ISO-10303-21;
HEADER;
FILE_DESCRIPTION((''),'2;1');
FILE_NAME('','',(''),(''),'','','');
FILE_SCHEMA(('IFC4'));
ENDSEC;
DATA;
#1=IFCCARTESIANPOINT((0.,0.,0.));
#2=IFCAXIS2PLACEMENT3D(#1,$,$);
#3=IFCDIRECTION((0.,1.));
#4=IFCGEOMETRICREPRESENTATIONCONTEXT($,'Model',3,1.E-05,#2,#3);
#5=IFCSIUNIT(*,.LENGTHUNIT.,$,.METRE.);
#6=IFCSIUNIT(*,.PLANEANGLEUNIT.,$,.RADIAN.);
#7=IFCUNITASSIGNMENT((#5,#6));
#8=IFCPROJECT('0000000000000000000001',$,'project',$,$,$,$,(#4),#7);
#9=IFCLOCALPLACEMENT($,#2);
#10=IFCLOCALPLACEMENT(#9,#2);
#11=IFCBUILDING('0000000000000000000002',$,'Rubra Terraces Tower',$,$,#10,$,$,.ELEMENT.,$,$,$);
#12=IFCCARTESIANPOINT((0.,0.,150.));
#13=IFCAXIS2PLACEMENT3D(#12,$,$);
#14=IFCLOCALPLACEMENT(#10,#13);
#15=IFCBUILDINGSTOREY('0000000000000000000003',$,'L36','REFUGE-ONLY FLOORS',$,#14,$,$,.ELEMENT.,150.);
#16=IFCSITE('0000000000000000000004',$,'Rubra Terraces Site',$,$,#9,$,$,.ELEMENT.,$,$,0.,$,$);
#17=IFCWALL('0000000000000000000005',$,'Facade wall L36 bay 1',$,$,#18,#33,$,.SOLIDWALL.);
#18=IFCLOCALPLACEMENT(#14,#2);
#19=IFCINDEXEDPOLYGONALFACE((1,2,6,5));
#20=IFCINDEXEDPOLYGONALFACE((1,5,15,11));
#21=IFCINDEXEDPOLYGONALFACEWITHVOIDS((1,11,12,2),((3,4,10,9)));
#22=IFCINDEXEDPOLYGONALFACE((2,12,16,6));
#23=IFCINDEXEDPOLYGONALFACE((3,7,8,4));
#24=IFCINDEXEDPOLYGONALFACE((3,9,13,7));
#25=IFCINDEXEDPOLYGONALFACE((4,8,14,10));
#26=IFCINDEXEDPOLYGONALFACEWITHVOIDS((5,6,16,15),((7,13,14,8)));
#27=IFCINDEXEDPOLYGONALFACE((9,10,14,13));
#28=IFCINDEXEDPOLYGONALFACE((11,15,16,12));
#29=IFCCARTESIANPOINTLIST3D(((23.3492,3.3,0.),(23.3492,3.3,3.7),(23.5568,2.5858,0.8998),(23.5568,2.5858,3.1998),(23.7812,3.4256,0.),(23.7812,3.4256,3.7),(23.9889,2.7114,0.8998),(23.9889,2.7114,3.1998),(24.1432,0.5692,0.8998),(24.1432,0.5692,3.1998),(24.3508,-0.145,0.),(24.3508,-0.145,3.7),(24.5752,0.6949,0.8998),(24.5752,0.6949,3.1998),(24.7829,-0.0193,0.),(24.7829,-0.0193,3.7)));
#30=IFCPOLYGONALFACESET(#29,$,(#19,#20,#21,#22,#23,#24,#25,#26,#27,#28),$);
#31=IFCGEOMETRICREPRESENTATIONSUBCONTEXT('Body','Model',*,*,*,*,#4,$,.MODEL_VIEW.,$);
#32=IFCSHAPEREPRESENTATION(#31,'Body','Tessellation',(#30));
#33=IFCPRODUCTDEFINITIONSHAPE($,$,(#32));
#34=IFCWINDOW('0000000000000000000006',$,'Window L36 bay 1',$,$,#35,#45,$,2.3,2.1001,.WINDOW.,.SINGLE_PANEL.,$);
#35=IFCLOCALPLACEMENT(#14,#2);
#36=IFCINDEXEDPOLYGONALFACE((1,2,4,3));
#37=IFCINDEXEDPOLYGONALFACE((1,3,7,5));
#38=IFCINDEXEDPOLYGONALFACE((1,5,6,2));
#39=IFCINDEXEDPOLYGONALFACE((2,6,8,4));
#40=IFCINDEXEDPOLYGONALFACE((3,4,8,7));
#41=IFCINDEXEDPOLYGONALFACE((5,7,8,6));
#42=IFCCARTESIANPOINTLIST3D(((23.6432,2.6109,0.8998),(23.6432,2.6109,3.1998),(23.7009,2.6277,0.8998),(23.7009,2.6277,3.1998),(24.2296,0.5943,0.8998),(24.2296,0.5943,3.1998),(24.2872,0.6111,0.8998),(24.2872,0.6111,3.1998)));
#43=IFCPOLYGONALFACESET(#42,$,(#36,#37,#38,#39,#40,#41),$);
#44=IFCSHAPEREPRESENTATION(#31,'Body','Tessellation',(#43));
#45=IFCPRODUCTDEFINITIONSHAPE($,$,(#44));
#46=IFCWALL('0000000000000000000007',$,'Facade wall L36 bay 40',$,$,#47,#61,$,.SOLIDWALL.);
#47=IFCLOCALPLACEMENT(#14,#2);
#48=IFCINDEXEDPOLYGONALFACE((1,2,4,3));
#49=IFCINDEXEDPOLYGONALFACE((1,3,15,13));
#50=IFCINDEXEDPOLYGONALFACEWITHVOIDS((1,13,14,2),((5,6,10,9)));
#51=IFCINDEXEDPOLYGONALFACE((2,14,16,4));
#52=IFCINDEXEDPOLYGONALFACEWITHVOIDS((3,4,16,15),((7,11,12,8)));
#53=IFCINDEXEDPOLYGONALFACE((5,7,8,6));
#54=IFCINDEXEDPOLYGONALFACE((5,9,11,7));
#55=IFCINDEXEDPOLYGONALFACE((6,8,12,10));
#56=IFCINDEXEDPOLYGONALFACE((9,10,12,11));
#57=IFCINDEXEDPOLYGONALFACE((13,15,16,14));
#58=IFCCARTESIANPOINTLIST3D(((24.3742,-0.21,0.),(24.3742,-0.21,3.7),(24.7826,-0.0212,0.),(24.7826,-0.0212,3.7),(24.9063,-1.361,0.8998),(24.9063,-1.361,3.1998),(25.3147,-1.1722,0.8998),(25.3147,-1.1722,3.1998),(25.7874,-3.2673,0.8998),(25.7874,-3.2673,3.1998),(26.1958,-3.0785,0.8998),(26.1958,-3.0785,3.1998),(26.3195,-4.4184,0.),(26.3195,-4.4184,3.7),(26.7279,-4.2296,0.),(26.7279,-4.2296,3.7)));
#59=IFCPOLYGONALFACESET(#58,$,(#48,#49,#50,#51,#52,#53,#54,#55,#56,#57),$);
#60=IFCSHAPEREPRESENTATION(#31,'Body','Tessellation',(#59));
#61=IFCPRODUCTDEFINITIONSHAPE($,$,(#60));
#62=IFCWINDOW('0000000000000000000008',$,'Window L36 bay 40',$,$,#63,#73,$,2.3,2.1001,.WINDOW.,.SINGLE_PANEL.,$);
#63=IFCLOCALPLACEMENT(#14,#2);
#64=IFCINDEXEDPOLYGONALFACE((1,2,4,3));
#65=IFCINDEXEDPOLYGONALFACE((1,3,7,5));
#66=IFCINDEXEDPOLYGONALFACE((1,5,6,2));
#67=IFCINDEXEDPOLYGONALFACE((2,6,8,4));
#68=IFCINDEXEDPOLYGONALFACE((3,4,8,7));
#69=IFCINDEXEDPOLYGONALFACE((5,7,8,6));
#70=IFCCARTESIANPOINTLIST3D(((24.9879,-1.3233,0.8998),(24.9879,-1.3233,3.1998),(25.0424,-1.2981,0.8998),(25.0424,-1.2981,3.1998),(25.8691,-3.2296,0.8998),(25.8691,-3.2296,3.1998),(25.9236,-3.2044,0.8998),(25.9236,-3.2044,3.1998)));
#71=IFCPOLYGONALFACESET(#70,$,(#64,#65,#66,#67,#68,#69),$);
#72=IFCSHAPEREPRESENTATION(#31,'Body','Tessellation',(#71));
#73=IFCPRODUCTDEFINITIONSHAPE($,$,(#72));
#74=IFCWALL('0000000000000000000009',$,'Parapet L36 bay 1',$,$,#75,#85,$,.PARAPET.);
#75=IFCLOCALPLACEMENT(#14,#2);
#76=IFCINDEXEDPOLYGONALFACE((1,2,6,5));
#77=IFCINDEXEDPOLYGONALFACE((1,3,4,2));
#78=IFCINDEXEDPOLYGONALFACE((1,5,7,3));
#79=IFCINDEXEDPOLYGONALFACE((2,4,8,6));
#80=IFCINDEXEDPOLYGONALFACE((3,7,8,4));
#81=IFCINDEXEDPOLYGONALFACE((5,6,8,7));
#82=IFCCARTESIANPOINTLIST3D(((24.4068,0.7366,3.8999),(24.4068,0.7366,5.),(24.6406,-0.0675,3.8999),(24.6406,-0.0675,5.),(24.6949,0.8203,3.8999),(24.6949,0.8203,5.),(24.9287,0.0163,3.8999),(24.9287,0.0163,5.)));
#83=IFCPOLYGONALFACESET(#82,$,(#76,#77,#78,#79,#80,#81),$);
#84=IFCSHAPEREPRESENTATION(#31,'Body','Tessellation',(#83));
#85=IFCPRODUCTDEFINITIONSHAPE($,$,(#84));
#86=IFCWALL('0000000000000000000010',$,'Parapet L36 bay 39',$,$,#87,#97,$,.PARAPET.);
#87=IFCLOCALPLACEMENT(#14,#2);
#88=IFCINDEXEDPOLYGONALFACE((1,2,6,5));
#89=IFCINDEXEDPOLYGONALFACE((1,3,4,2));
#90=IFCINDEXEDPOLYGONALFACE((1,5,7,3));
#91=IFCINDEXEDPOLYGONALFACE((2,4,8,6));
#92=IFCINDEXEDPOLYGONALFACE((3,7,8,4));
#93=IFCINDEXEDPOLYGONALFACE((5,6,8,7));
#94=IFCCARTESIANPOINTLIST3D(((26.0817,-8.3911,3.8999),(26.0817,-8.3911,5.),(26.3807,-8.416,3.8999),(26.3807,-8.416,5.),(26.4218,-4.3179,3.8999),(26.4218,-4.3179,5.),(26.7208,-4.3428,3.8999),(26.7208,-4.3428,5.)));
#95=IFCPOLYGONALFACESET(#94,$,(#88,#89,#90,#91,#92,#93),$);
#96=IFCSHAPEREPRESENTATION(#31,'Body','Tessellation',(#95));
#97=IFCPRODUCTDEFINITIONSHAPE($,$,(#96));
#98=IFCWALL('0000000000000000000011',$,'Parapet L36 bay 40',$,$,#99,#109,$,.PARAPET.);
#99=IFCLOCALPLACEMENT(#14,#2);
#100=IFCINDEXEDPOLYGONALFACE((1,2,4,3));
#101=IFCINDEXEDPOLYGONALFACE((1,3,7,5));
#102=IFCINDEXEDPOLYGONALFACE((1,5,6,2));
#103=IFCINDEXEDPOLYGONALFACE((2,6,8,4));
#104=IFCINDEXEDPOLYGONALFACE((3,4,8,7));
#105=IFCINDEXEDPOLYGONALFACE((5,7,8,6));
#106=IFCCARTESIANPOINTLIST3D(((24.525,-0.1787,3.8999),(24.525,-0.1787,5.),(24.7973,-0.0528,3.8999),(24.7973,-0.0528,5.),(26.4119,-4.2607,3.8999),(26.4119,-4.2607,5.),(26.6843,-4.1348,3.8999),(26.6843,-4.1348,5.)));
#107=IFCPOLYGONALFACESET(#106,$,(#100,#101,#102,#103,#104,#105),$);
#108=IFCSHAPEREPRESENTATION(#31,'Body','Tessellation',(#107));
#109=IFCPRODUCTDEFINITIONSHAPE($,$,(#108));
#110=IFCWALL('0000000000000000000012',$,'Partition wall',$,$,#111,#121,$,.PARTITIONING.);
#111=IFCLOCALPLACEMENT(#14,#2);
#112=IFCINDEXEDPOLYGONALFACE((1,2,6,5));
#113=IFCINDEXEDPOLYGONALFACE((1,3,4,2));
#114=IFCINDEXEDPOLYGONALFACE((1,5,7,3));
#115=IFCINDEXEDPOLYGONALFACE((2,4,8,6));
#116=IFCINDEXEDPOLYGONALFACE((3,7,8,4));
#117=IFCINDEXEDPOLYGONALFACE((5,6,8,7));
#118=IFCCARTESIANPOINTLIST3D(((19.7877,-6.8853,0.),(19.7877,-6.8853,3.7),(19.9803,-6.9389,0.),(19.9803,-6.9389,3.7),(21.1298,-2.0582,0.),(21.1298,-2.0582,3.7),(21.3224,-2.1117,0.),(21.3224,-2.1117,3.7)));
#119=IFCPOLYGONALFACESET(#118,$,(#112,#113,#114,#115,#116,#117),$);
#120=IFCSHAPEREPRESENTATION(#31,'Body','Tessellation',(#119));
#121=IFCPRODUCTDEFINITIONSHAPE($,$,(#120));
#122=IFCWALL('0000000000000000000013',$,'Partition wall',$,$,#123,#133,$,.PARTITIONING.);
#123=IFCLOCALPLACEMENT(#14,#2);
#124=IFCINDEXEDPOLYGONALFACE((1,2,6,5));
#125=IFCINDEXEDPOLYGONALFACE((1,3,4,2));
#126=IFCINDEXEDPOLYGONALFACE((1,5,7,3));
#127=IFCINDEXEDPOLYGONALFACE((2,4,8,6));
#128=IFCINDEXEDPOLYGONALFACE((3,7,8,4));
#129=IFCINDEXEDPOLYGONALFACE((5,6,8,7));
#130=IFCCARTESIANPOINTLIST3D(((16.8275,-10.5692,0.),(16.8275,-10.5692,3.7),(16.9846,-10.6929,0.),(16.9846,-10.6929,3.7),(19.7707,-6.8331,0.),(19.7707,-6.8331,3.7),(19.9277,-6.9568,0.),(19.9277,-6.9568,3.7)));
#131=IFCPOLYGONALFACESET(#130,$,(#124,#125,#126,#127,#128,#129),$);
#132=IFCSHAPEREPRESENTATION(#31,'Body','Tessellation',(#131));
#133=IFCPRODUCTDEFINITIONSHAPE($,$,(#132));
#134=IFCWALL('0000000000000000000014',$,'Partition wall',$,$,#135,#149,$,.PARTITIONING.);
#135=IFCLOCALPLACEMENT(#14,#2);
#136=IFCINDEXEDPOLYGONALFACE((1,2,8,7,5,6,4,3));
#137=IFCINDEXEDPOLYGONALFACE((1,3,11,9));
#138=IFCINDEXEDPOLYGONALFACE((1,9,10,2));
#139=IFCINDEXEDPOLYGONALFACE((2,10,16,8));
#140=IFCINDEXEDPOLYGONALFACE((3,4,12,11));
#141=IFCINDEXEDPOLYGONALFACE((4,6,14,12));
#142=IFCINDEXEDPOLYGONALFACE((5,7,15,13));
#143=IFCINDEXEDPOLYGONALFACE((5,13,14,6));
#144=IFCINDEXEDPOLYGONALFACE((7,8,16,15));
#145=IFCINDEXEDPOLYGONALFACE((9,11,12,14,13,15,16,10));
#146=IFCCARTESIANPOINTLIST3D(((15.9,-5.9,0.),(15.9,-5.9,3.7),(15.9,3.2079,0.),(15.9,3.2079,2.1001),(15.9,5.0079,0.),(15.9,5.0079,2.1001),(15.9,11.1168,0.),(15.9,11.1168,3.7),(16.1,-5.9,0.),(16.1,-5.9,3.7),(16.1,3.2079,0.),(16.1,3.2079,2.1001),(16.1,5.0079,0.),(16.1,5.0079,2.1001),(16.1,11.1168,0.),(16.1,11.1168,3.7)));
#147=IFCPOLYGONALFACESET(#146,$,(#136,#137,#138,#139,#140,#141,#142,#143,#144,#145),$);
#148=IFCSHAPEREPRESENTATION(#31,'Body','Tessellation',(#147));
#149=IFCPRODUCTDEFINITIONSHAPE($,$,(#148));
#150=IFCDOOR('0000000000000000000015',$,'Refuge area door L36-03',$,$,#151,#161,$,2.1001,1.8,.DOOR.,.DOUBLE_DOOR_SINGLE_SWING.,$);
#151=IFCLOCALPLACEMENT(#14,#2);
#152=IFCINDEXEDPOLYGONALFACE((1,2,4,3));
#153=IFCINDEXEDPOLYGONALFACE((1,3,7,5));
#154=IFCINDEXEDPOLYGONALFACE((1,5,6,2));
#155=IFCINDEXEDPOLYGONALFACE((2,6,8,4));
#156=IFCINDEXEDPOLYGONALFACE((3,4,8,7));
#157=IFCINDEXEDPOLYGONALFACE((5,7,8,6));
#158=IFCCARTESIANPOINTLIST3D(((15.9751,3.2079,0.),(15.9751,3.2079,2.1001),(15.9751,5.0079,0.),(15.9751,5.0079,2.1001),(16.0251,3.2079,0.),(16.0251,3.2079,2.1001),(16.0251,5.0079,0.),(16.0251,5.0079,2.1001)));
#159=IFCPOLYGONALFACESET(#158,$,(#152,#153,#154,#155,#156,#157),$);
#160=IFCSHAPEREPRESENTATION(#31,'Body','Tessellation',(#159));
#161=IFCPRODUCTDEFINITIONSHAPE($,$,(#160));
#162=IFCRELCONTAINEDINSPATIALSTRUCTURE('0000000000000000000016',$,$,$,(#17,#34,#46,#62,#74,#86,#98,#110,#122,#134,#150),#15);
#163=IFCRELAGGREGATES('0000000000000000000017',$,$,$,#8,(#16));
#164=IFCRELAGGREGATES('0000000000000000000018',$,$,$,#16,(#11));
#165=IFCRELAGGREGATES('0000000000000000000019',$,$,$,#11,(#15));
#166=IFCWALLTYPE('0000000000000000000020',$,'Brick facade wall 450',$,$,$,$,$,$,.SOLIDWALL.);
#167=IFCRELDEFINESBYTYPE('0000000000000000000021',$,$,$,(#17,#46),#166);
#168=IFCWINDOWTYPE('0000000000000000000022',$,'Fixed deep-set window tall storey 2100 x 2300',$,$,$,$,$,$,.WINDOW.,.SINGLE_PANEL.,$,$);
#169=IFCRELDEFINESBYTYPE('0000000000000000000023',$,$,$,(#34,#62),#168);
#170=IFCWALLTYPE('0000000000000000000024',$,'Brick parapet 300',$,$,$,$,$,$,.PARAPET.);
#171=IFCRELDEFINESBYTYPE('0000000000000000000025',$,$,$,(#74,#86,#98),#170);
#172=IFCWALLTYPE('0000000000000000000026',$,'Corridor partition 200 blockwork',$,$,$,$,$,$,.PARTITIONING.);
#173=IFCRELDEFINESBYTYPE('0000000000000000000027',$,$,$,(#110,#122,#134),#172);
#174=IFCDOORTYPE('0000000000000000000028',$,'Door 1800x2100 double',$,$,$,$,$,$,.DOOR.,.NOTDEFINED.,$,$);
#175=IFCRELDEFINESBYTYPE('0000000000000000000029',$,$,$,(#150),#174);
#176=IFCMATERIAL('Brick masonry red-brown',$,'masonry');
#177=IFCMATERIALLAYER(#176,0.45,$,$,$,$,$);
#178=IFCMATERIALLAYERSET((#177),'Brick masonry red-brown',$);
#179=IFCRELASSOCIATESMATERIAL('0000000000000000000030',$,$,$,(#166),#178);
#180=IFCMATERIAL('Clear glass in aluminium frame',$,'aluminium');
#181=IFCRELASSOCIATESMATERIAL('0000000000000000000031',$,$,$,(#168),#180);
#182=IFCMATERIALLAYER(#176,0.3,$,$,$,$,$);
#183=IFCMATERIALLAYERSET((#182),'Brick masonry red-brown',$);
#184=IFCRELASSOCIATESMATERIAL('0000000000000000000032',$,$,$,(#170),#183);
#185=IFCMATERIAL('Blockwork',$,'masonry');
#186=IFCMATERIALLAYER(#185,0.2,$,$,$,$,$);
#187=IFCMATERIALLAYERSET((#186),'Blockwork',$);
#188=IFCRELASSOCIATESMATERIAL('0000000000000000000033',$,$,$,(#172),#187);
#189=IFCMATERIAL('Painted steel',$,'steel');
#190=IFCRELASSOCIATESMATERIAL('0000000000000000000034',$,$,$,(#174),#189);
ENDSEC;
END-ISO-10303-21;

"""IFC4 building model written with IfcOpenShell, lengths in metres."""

from ifc_helpers import new_model, si_unit, direction, frame, frame_2d, origin, place, context, subcontext, project, spatial, rectangle, extrude, material, layer, layer_set, type_object, element, fill, save


model = new_model("IFC4")

# Units and contexts
model_context = context("Model", 3, precision=1e-05, world=origin(), true_north=direction((0.0, 1.0)))
body_context = subcontext(model_context, "Body", "Model", "MODEL_VIEW")
ifc_project = project(units=[si_unit("LENGTHUNIT", "METRE"), si_unit("PLANEANGLEUNIT", "RADIAN")], contexts=[model_context])

# Site, building, storey
site_placement = place(None, origin())
site = spatial("IfcSite", under=ifc_project, at=site_placement, Name="Rubra Terraces Site", CompositionType="ELEMENT", RefElevation=0.0)
building_placement = place(site_placement, origin())
building = spatial("IfcBuilding", under=site, at=building_placement, Name="Rubra Terraces Tower", CompositionType="ELEMENT")
storey_placement = place(building_placement, frame((0.0, 0.0, 150.0)))
storey = spatial("IfcBuildingStorey", under=building, at=storey_placement, Name="L36", Description="REFUGE-ONLY FLOORS", CompositionType="ELEMENT", Elevation=150.0)

# Walls, openings, windows
ifc_material_1 = material(Name="Brick masonry red-brown", Category="masonry")
ifc_layer_1 = layer(ifc_material_1, 0.45)
ifc_layer_set_1 = layer_set([ifc_layer_1], Name="Brick masonry red-brown")
wall_type_1 = type_object("IfcWallType", Name="Brick facade wall 450", PredefinedType="SOLIDWALL", material=ifc_layer_set_1)
wall_1_placement = place(storey_placement, frame((24.5669, -0.0823, 0.0), z_axis=(0.0, 0.0, 1.0), x_axis=(-0.279203, 0.960232, 0.0)))
wall_1 = element("IfcWall", 1, at=wall_1_placement, inside=storey, type_object=wall_type_1, Name="Facade wall L36 bay 1", PredefinedType="SOLIDWALL", context=body_context, shape_type="SweptSolid", body=[
    extrude(rectangle(XDim=3.5876, YDim=0.45, at=frame_2d((1.7939, 0.0))), origin(), (0.0, 0.0, 1.0), 3.7),
])
opening_1_placement = place(wall_1_placement, frame((0.7439, 0.0, 0.8999)))
opening_1 = element("IfcOpeningElement", 2, at=opening_1_placement, cuts=wall_1, PredefinedType="OPENING", context=body_context, shape_type="SweptSolid", body=[
    extrude(rectangle(XDim=2.1001, YDim=2.3, at=frame_2d((1.05, 1.1499))), frame((0.0, 0.2349, 0.0), z_axis=(0.0, -1.0, 0.0), x_axis=(1.0, 0.0, 0.0)), (0.0, 0.0, 1.0), 0.47),
])
ifc_material_2 = material(Name="Clear glass in aluminium frame", Category="aluminium")
window_type = type_object("IfcWindowType", Name="Fixed deep-set window tall storey 2100 x 2300", PartitioningType="SINGLE_PANEL", PredefinedType="WINDOW", material=ifc_material_2)
window_1_placement = place(opening_1_placement, origin())
window_1 = element("IfcWindow", 3, at=window_1_placement, inside=storey, type_object=window_type, Name="Window L36 bay 1", OverallHeight=2.3, OverallWidth=2.1001, PartitioningType="SINGLE_PANEL", PredefinedType="WINDOW", context=body_context, shape_type="SweptSolid", body=[
    extrude(rectangle(XDim=2.1001, YDim=2.3, at=frame_2d((1.05, 1.1499))), frame((0.0, 0.135, 0.0), z_axis=(0.0, -1.0, 0.0), x_axis=(1.0, 0.0, 0.0)), (0.0, 0.0, 1.0), 0.0601),
])
fill(opening_1, window_1)
wall_2_placement = place(storey_placement, frame((26.5237, -4.324, 0.0), z_axis=(0.0, 0.0, 1.0), x_axis=(-0.419579, 0.907719, 0.0)))
wall_2 = element("IfcWall", 4, at=wall_2_placement, inside=storey, type_object=wall_type_1, Name="Facade wall L36 bay 40", PredefinedType="SOLIDWALL", context=body_context, shape_type="SweptSolid", body=[
    extrude(rectangle(XDim=4.6362, YDim=0.45, at=frame_2d((2.3181, 0.0))), origin(), (0.0, 0.0, 1.0), 3.7),
])
opening_2_placement = place(wall_2_placement, frame((1.2681, 0.0, 0.8999)))
opening_2 = element("IfcOpeningElement", 5, at=opening_2_placement, cuts=wall_2, PredefinedType="OPENING", context=body_context, shape_type="SweptSolid", body=[
    extrude(rectangle(XDim=2.1001, YDim=2.3, at=frame_2d((1.05, 1.1499))), frame((0.0, 0.2349, 0.0), z_axis=(0.0, -1.0, 0.0), x_axis=(1.0, 0.0, 0.0)), (0.0, 0.0, 1.0), 0.47),
])
window_2_placement = place(opening_2_placement, origin())
window_2 = element("IfcWindow", 6, at=window_2_placement, inside=storey, type_object=window_type, Name="Window L36 bay 40", OverallHeight=2.3, OverallWidth=2.1001, PartitioningType="SINGLE_PANEL", PredefinedType="WINDOW", context=body_context, shape_type="SweptSolid", body=[
    extrude(rectangle(XDim=2.1001, YDim=2.3, at=frame_2d((1.05, 1.1499))), frame((0.0, 0.135, 0.0), z_axis=(0.0, -1.0, 0.0), x_axis=(1.0, 0.0, 0.0)), (0.0, 0.0, 1.0), 0.0601),
])
fill(opening_2, window_2)

# Walls
ifc_layer_2 = layer(ifc_material_1, 0.3)
ifc_layer_set_2 = layer_set([ifc_layer_2], Name="Brick masonry red-brown")
wall_type_2 = type_object("IfcWallType", Name="Brick parapet 300", PredefinedType="PARAPET", material=ifc_layer_set_2)
wall_3_placement = place(storey_placement, frame((24.7847, -0.0256, 3.8999), z_axis=(0.0, 0.0, 1.0), x_axis=(-0.279261, 0.960215, 0.0)))
element("IfcWall", 7, at=wall_3_placement, inside=storey, type_object=wall_type_2, Name="Parapet L36 bay 1", PredefinedType="PARAPET", context=body_context, shape_type="SweptSolid", body=[
    extrude(rectangle(XDim=0.8374, YDim=0.3, at=frame_2d((0.4187, 0.0))), origin(), (0.0, 0.0, 1.0), 1.1001),
])
wall_4_placement = place(storey_placement, frame((26.2312, -8.4036, 3.8999), z_axis=(0.0, 0.0, 1.0), x_axis=(0.083204, 0.996533, 0.0)))
element("IfcWall", 8, at=wall_4_placement, inside=storey, type_object=wall_type_2, Name="Parapet L36 bay 39", PredefinedType="PARAPET", context=body_context, shape_type="SweptSolid", body=[
    extrude(rectangle(XDim=4.0874, YDim=0.3, at=frame_2d((2.0437, 0.0))), origin(), (0.0, 0.0, 1.0), 1.1001),
])
wall_5_placement = place(storey_placement, frame((26.5481, -4.1978, 3.8999), z_axis=(0.0, 0.0, 1.0), x_axis=(-0.419599, 0.90771, 0.0)))
element("IfcWall", 9, at=wall_5_placement, inside=storey, type_object=wall_type_2, Name="Parapet L36 bay 40", PredefinedType="PARAPET", context=body_context, shape_type="SweptSolid", body=[
    extrude(rectangle(XDim=4.4971, YDim=0.3, at=frame_2d((2.2485, 0.0))), origin(), (0.0, 0.0, 1.0), 1.1001),
])
ifc_material_3 = material(Name="Blockwork", Category="masonry")
ifc_layer_3 = layer(ifc_material_3, 0.2)
ifc_layer_set_3 = layer_set([ifc_layer_3], Name="Blockwork")
wall_type_3 = type_object("IfcWallType", Name="Corridor partition 200 blockwork", PredefinedType="PARTITIONING", material=ifc_layer_set_3)
wall_6_placement = place(storey_placement, frame((21.2261, -2.085, 0.0), z_axis=(0.0, 0.0, 1.0), x_axis=(-0.26786, -0.963458, 0.0)))
element("IfcWall", 10, at=wall_6_placement, inside=storey, type_object=wall_type_3, Name="Partition wall", PredefinedType="PARTITIONING", context=body_context, shape_type="SweptSolid", body=[
    extrude(rectangle(XDim=5.0103, YDim=0.2, at=frame_2d((2.5051, 0.0))), origin(), (0.0, 0.0, 1.0), 3.7),
])
wall_7_placement = place(storey_placement, frame((19.8491, -6.895, 0.0), z_axis=(0.0, 0.0, 1.0), x_axis=(-0.618812, -0.785539, 0.0)))
element("IfcWall", 11, at=wall_7_placement, inside=storey, type_object=wall_type_3, Name="Partition wall", PredefinedType="PARTITIONING", context=body_context, shape_type="SweptSolid", body=[
    extrude(rectangle(XDim=4.7561, YDim=0.2, at=frame_2d((2.3779, 0.0))), origin(), (0.0, 0.0, 1.0), 3.7),
])

# Wall, opening, door
wall_8_placement = place(storey_placement, frame((16.0, -5.8999, 0.0), z_axis=(0.0, 0.0, 1.0), x_axis=(0.0, 1.0, 0.0)))
wall_8 = element("IfcWall", 12, at=wall_8_placement, inside=storey, type_object=wall_type_3, Name="Partition wall", PredefinedType="PARTITIONING", context=body_context, shape_type="SweptSolid", body=[
    extrude(rectangle(XDim=17.0168, YDim=0.2, at=frame_2d((8.5083, 0.0))), origin(), (0.0, 0.0, 1.0), 3.7),
])
opening_3_placement = place(wall_8_placement, frame((9.1079, 0.0, 0.0)))
opening_3 = element("IfcOpeningElement", 13, at=opening_3_placement, cuts=wall_8, PredefinedType="OPENING", context=body_context, shape_type="SweptSolid", body=[
    extrude(rectangle(XDim=1.8, YDim=2.1001, at=frame_2d((0.8999, 1.05))), frame((0.0, 0.1099, 0.0), z_axis=(0.0, -1.0, 0.0), x_axis=(1.0, 0.0, 0.0)), (0.0, 0.0, 1.0), 0.22),
])
ifc_material_4 = material(Name="Painted steel", Category="steel")
door_type = type_object("IfcDoorType", Name="Door 1800x2100 double", OperationType="NOTDEFINED", PredefinedType="DOOR", material=ifc_material_4)
door_placement = place(opening_3_placement, origin())
door = element("IfcDoor", 14, at=door_placement, inside=storey, type_object=door_type, Name="Refuge area door L36-03", OperationType="DOUBLE_DOOR_SINGLE_SWING", OverallHeight=2.1001, OverallWidth=1.8, PredefinedType="DOOR", context=body_context, shape_type="SweptSolid", body=[
    extrude(rectangle(XDim=1.8, YDim=2.1001, at=frame_2d((0.8999, 1.05))), frame((0.0, 0.0249, 0.0), z_axis=(0.0, -1.0, 0.0), x_axis=(1.0, 0.0, 0.0)), (0.0, 0.0, 1.0), 0.05),
])
fill(opening_3, door)

save(model, "model.ifc")
